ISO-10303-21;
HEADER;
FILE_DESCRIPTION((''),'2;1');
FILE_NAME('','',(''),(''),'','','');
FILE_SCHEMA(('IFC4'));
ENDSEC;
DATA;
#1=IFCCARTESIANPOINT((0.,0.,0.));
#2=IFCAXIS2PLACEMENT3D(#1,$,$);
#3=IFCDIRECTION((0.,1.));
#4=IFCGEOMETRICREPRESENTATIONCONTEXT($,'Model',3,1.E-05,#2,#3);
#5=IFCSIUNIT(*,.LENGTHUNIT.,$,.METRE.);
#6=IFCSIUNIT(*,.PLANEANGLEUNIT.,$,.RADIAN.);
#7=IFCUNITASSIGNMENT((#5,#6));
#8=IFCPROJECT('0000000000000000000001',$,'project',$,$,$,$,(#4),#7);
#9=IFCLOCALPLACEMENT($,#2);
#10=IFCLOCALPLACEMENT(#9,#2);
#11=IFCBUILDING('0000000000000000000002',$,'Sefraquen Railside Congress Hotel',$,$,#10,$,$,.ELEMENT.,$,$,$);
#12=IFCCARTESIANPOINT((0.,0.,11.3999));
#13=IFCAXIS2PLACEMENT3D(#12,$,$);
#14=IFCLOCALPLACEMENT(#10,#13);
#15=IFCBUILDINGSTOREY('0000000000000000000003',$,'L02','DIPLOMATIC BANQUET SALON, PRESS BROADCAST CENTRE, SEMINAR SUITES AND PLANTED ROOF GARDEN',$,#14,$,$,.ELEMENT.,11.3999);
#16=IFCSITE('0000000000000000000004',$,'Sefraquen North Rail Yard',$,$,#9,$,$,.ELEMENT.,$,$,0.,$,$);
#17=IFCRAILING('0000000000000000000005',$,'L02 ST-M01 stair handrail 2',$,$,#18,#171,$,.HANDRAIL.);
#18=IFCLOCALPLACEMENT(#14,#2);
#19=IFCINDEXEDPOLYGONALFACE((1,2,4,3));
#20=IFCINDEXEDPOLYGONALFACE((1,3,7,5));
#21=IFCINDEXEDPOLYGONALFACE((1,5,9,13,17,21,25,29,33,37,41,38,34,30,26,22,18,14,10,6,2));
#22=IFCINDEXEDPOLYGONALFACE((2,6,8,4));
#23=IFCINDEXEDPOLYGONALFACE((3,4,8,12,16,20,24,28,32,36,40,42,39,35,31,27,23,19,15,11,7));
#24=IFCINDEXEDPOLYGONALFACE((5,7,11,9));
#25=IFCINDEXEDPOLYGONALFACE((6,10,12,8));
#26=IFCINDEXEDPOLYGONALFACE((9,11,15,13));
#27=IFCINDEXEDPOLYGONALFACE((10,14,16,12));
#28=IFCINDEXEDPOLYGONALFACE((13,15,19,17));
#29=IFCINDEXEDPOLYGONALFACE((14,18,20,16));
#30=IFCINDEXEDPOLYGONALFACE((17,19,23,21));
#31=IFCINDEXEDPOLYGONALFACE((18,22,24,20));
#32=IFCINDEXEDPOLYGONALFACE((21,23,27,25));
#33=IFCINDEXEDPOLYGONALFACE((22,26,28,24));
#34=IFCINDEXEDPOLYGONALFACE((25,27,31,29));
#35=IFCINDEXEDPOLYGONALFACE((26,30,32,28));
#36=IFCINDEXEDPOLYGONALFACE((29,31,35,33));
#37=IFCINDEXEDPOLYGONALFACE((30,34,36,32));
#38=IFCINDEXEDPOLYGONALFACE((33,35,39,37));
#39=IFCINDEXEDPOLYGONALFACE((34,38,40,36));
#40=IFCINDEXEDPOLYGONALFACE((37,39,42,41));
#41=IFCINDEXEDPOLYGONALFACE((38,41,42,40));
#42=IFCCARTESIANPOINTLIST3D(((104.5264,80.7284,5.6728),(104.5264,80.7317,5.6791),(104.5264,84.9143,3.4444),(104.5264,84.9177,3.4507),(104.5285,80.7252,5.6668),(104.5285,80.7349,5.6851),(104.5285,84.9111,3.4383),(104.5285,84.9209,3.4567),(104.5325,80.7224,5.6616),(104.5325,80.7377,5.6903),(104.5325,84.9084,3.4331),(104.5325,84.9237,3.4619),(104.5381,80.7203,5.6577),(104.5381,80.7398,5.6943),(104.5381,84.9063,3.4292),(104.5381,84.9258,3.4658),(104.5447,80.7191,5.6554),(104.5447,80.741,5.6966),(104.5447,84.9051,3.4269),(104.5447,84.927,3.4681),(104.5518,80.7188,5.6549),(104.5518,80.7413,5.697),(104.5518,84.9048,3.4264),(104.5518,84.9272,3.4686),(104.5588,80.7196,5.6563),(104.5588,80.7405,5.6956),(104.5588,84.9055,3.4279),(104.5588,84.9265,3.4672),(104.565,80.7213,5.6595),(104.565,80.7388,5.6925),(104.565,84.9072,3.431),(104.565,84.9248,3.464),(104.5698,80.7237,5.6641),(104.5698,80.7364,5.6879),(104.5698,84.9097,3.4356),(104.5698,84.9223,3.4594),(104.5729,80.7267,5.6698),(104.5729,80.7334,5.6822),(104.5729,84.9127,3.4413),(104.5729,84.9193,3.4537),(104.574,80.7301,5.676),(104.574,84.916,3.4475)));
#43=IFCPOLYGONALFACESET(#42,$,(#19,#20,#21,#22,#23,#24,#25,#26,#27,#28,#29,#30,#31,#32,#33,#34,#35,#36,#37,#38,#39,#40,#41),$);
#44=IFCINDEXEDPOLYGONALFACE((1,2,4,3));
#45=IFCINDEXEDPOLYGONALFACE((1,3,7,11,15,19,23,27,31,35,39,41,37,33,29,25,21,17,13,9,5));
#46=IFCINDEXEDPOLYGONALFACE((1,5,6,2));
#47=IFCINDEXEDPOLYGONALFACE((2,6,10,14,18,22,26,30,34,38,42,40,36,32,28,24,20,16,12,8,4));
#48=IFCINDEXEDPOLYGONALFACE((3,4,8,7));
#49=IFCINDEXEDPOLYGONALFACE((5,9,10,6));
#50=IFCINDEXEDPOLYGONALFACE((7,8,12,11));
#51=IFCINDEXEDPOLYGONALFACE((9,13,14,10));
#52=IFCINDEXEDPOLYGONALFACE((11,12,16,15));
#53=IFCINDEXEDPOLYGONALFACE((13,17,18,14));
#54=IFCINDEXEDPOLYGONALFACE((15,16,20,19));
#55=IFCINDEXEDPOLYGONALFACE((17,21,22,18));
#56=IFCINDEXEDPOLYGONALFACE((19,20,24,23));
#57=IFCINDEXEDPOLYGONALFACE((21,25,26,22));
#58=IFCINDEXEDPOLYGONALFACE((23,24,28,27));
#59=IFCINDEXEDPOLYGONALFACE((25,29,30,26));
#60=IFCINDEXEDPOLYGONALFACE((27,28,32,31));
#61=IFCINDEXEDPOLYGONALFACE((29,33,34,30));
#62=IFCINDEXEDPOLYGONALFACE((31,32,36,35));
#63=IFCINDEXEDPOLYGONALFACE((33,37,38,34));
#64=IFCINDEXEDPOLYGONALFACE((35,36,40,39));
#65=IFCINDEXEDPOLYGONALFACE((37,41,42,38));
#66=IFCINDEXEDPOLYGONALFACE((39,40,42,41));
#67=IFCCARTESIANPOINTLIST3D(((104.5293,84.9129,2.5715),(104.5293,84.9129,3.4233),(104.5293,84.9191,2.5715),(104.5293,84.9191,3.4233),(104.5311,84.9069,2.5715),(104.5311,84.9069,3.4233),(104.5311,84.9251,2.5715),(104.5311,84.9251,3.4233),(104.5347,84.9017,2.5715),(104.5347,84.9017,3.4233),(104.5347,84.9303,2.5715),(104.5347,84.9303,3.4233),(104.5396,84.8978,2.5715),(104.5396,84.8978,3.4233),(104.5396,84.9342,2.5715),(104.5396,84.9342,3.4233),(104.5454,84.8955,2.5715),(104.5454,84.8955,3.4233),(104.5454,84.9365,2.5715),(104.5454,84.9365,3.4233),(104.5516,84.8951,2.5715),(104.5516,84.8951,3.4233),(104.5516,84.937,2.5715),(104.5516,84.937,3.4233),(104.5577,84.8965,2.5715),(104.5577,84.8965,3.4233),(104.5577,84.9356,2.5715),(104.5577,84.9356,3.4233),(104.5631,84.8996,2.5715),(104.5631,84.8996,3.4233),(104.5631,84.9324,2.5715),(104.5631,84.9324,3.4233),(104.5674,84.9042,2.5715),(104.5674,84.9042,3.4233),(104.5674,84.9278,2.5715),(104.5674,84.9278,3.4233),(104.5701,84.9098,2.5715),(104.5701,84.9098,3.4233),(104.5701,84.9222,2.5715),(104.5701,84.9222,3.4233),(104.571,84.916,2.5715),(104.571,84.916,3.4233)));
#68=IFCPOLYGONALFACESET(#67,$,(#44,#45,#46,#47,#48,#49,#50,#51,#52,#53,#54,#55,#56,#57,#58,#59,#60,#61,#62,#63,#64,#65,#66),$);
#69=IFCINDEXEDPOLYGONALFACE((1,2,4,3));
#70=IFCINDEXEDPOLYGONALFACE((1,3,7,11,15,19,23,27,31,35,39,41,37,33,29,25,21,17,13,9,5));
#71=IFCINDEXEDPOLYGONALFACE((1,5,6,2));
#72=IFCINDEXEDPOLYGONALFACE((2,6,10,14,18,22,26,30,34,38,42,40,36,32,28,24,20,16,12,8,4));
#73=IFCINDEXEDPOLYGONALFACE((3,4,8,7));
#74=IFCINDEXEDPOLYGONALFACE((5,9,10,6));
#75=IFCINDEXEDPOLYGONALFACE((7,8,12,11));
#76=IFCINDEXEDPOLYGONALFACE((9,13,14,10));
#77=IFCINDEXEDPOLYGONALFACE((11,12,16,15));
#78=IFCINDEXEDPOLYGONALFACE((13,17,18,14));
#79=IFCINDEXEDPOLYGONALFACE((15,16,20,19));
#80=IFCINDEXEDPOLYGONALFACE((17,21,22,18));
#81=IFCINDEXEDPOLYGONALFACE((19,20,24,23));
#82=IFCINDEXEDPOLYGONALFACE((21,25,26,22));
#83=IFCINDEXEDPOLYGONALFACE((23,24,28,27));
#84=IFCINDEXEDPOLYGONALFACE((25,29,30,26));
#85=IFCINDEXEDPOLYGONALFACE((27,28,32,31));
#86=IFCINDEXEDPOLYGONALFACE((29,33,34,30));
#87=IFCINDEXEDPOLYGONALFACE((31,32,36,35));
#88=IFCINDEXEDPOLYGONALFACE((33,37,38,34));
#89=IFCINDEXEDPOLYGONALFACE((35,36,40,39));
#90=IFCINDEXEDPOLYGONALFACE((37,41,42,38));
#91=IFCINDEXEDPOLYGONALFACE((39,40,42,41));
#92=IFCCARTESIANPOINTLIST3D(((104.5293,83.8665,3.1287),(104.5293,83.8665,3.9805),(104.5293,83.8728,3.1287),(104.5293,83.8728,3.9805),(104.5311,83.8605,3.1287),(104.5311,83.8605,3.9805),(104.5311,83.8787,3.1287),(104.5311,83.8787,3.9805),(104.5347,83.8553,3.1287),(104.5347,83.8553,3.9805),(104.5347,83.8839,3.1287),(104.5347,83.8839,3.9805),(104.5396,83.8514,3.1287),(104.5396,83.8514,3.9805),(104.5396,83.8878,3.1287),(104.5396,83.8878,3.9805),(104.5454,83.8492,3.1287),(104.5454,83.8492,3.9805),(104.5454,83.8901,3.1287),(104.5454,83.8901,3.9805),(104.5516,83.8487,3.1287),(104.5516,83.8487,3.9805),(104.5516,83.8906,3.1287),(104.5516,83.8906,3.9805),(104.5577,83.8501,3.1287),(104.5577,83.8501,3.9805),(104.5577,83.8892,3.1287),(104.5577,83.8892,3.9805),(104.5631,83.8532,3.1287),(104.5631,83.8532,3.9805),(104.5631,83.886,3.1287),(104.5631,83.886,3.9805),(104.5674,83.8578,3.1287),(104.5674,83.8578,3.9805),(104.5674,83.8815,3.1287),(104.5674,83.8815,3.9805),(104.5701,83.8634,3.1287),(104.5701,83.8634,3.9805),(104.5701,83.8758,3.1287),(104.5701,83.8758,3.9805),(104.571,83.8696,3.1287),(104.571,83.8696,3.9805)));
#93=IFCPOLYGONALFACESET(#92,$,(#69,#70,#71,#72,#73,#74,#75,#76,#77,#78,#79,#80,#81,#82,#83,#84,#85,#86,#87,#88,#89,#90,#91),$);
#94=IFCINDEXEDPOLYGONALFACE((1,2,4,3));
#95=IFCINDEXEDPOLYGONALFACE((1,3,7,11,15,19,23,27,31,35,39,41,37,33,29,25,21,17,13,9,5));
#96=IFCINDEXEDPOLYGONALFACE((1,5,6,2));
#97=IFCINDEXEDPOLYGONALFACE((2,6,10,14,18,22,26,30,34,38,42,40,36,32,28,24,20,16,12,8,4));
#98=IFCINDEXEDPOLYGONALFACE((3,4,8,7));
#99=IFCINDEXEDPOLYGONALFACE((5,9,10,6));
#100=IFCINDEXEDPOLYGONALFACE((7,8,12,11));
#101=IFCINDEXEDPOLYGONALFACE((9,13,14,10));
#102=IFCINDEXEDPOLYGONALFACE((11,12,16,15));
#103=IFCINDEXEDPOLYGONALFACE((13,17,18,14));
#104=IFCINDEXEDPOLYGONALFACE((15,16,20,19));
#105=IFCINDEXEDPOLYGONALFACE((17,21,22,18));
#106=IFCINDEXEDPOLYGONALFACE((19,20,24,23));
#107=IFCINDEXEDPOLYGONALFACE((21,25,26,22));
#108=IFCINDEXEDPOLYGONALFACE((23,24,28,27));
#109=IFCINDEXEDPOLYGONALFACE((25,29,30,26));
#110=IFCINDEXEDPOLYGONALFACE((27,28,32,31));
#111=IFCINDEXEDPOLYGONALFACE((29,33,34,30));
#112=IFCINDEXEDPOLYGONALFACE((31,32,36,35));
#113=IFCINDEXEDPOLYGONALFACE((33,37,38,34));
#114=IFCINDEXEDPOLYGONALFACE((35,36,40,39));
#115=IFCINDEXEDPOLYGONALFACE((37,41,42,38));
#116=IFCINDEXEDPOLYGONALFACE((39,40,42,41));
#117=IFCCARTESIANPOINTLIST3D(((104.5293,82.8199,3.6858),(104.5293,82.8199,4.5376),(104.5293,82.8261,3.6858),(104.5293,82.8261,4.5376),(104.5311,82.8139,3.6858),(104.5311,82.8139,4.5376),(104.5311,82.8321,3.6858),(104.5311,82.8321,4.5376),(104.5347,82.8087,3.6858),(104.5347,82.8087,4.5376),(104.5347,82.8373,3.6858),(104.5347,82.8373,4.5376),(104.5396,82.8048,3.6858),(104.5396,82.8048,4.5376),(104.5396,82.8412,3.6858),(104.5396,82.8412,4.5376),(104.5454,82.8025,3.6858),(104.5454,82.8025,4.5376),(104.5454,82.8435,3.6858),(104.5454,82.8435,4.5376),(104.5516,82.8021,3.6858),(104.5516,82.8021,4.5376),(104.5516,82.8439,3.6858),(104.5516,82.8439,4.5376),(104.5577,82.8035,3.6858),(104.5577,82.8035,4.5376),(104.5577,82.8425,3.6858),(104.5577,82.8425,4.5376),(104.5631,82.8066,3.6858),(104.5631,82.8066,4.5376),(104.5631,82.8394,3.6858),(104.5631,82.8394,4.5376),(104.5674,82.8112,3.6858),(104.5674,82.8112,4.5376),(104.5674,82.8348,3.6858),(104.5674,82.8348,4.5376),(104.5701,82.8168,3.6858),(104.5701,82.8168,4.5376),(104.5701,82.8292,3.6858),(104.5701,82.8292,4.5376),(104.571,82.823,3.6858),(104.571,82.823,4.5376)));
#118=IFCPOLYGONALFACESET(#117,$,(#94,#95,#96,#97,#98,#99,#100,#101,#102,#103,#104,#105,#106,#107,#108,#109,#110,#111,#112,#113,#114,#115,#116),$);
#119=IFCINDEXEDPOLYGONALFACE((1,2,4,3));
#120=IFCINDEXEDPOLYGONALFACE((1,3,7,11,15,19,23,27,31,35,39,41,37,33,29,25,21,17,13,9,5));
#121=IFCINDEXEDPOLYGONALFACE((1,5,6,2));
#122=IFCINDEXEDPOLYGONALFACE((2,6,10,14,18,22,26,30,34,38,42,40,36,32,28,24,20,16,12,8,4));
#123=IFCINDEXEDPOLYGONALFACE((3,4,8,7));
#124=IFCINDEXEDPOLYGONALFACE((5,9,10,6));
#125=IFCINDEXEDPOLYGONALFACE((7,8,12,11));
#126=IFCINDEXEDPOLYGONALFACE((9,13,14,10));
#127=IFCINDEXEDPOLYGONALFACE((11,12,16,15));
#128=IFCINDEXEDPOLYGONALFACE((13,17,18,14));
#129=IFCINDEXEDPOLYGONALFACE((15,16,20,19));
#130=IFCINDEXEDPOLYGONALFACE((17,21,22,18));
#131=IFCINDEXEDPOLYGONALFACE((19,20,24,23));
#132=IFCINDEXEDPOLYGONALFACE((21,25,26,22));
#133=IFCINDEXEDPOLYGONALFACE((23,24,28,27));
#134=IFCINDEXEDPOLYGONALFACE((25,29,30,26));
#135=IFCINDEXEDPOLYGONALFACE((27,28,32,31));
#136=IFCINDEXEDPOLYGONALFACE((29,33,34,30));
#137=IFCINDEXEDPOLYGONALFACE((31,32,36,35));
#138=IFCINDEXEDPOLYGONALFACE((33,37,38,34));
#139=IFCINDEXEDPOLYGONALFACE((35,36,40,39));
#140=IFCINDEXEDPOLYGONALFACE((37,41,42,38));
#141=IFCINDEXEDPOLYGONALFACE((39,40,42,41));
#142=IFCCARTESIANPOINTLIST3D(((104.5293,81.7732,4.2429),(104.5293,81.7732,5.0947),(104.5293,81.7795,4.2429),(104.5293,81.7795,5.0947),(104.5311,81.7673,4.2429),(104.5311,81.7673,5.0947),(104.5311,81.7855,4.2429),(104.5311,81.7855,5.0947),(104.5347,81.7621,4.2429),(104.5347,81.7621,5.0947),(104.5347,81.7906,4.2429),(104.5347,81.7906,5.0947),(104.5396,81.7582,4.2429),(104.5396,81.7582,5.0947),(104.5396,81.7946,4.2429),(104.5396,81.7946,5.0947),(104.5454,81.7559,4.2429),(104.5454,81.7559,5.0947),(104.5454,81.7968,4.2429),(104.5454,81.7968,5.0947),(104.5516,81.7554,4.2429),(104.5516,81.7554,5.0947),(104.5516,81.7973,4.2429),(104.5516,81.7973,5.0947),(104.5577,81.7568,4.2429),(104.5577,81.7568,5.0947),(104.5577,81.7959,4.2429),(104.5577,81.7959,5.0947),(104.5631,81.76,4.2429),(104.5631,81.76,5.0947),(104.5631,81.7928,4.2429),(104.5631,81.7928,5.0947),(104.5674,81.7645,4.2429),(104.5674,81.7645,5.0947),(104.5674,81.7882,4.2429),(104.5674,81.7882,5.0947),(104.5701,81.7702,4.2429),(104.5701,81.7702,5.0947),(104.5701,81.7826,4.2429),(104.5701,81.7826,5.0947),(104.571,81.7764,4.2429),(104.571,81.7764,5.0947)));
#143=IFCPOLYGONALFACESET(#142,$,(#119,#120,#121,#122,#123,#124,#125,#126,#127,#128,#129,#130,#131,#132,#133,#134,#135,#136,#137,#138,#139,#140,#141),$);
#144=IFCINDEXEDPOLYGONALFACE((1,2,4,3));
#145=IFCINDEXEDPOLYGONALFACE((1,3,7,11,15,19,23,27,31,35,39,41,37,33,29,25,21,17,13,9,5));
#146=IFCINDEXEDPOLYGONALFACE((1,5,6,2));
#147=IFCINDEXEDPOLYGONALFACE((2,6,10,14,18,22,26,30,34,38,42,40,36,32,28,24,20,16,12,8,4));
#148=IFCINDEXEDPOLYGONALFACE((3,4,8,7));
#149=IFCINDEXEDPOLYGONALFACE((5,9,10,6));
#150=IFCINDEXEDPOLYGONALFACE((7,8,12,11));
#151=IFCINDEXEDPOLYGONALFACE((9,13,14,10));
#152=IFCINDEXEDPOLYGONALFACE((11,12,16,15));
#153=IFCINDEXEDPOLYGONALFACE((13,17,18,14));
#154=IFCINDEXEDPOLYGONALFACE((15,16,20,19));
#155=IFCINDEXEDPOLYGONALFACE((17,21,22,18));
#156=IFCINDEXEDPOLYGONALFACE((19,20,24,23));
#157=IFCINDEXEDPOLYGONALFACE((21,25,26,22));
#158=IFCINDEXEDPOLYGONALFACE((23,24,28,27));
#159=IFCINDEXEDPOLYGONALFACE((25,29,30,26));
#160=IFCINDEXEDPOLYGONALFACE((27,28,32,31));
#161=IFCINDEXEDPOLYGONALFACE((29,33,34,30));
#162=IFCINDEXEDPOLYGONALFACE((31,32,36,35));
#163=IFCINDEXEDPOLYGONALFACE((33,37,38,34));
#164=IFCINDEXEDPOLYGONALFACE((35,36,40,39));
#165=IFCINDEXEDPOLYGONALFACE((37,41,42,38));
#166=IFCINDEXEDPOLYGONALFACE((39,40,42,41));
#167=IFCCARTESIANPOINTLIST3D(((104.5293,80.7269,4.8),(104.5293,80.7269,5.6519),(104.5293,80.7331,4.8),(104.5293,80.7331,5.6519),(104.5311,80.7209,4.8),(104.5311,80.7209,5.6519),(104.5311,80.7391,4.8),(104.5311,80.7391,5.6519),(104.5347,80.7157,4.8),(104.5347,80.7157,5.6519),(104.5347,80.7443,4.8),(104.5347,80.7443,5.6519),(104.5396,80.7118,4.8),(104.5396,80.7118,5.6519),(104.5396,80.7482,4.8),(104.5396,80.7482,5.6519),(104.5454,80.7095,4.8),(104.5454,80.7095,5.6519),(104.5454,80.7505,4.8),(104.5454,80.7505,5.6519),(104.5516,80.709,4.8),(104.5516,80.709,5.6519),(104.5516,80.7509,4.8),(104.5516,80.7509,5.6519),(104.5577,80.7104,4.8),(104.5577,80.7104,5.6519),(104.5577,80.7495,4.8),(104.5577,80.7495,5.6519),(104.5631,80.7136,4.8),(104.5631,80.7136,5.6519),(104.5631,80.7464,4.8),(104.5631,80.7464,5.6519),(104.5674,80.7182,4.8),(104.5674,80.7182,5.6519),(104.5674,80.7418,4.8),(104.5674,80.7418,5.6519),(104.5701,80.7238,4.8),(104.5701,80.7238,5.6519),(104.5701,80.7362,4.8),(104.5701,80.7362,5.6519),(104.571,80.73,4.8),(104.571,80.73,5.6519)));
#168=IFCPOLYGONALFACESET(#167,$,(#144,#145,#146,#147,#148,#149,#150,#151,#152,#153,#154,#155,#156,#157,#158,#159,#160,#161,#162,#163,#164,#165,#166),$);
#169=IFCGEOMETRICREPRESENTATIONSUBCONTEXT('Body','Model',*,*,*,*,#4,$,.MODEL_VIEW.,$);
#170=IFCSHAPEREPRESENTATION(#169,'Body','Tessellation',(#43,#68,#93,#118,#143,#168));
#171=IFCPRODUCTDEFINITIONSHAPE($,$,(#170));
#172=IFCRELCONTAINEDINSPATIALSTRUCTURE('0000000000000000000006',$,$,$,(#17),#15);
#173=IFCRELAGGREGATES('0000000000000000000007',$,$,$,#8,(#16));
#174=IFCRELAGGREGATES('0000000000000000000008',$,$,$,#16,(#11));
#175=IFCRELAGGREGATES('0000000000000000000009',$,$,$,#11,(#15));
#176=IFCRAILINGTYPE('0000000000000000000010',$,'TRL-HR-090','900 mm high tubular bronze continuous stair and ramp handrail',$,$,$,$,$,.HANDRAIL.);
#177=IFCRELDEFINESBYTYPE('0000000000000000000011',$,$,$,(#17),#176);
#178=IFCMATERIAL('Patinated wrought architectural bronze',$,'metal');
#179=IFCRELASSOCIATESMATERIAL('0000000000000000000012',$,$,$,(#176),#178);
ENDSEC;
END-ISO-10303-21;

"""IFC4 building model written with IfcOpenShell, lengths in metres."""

from ifc_helpers import new_model, si_unit, direction, frame, origin, origin_2d, place, context, subcontext, project, spatial, circle, extrude, material, type_object, element, save


model = new_model("IFC4")

# Units and contexts
model_context = context("Model", 3, precision=1e-05, world=origin(), true_north=direction((0.0, 1.0)))
body_context = subcontext(model_context, "Body", "Model", "MODEL_VIEW")
ifc_project = project(units=[si_unit("LENGTHUNIT", "METRE"), si_unit("PLANEANGLEUNIT", "RADIAN")], contexts=[model_context])

# Site, building, storey
site_placement = place(None, origin())
site = spatial("IfcSite", under=ifc_project, at=site_placement, Name="Sefraquen North Rail Yard", CompositionType="ELEMENT", RefElevation=0.0)
building_placement = place(site_placement, origin())
building = spatial("IfcBuilding", under=site, at=building_placement, Name="Sefraquen Railside Congress Hotel", CompositionType="ELEMENT")
storey_placement = place(building_placement, frame((0.0, 0.0, 11.3999)))
storey = spatial("IfcBuildingStorey", under=building, at=storey_placement, Name="L02", Description="DIPLOMATIC BANQUET SALON, PRESS BROADCAST CENTRE, SEMINAR SUITES AND PLANTED ROOF GARDEN", CompositionType="ELEMENT", Elevation=11.3999)

# Railing
ifc_material_1 = material(Name="Patinated wrought architectural bronze", Category="metal")
railing_type_1 = type_object("IfcRailingType", Name="TRL-HR-090", Description="900 mm high tubular bronze continuous stair and ramp handrail", PredefinedType="HANDRAIL", material=ifc_material_1)
railing_1_placement = place(storey_placement, frame((104.55, 84.916, 2.5715)))
element("IfcRailing", 1, at=railing_1_placement, inside=storey, type_object=railing_type_1, Name="L02 ST-M01 stair handrail 2", PredefinedType="HANDRAIL", context=body_context, shape_type="SweptSolid", body=[
    extrude(circle(Radius=0.0239, at=origin_2d()), frame((0.0, 0.0, 0.876), z_axis=(0.0, -0.882706, 0.469925), x_axis=(1.0, 0.0, 0.0)), (0.0, 0.0, 1.0), 4.7422),
    extrude(circle(Radius=0.021, at=origin_2d()), origin(), (0.0, 0.0, 1.0), 0.8518),
    extrude(circle(Radius=0.021, at=origin_2d()), frame((0.0, -1.0464, 0.5571)), (0.0, 0.0, 1.0), 0.8518),
    extrude(circle(Radius=0.021, at=origin_2d()), frame((0.0, -2.093, 1.1143)), (0.0, 0.0, 1.0), 0.8518),
    extrude(circle(Radius=0.021, at=origin_2d()), frame((0.0, -3.1396, 1.6714)), (0.0, 0.0, 1.0), 0.8518),
    extrude(circle(Radius=0.021, at=origin_2d()), frame((0.0, -4.186, 2.2285)), (0.0, 0.0, 1.0), 0.8518),
])

save(model, "model.ifc")
